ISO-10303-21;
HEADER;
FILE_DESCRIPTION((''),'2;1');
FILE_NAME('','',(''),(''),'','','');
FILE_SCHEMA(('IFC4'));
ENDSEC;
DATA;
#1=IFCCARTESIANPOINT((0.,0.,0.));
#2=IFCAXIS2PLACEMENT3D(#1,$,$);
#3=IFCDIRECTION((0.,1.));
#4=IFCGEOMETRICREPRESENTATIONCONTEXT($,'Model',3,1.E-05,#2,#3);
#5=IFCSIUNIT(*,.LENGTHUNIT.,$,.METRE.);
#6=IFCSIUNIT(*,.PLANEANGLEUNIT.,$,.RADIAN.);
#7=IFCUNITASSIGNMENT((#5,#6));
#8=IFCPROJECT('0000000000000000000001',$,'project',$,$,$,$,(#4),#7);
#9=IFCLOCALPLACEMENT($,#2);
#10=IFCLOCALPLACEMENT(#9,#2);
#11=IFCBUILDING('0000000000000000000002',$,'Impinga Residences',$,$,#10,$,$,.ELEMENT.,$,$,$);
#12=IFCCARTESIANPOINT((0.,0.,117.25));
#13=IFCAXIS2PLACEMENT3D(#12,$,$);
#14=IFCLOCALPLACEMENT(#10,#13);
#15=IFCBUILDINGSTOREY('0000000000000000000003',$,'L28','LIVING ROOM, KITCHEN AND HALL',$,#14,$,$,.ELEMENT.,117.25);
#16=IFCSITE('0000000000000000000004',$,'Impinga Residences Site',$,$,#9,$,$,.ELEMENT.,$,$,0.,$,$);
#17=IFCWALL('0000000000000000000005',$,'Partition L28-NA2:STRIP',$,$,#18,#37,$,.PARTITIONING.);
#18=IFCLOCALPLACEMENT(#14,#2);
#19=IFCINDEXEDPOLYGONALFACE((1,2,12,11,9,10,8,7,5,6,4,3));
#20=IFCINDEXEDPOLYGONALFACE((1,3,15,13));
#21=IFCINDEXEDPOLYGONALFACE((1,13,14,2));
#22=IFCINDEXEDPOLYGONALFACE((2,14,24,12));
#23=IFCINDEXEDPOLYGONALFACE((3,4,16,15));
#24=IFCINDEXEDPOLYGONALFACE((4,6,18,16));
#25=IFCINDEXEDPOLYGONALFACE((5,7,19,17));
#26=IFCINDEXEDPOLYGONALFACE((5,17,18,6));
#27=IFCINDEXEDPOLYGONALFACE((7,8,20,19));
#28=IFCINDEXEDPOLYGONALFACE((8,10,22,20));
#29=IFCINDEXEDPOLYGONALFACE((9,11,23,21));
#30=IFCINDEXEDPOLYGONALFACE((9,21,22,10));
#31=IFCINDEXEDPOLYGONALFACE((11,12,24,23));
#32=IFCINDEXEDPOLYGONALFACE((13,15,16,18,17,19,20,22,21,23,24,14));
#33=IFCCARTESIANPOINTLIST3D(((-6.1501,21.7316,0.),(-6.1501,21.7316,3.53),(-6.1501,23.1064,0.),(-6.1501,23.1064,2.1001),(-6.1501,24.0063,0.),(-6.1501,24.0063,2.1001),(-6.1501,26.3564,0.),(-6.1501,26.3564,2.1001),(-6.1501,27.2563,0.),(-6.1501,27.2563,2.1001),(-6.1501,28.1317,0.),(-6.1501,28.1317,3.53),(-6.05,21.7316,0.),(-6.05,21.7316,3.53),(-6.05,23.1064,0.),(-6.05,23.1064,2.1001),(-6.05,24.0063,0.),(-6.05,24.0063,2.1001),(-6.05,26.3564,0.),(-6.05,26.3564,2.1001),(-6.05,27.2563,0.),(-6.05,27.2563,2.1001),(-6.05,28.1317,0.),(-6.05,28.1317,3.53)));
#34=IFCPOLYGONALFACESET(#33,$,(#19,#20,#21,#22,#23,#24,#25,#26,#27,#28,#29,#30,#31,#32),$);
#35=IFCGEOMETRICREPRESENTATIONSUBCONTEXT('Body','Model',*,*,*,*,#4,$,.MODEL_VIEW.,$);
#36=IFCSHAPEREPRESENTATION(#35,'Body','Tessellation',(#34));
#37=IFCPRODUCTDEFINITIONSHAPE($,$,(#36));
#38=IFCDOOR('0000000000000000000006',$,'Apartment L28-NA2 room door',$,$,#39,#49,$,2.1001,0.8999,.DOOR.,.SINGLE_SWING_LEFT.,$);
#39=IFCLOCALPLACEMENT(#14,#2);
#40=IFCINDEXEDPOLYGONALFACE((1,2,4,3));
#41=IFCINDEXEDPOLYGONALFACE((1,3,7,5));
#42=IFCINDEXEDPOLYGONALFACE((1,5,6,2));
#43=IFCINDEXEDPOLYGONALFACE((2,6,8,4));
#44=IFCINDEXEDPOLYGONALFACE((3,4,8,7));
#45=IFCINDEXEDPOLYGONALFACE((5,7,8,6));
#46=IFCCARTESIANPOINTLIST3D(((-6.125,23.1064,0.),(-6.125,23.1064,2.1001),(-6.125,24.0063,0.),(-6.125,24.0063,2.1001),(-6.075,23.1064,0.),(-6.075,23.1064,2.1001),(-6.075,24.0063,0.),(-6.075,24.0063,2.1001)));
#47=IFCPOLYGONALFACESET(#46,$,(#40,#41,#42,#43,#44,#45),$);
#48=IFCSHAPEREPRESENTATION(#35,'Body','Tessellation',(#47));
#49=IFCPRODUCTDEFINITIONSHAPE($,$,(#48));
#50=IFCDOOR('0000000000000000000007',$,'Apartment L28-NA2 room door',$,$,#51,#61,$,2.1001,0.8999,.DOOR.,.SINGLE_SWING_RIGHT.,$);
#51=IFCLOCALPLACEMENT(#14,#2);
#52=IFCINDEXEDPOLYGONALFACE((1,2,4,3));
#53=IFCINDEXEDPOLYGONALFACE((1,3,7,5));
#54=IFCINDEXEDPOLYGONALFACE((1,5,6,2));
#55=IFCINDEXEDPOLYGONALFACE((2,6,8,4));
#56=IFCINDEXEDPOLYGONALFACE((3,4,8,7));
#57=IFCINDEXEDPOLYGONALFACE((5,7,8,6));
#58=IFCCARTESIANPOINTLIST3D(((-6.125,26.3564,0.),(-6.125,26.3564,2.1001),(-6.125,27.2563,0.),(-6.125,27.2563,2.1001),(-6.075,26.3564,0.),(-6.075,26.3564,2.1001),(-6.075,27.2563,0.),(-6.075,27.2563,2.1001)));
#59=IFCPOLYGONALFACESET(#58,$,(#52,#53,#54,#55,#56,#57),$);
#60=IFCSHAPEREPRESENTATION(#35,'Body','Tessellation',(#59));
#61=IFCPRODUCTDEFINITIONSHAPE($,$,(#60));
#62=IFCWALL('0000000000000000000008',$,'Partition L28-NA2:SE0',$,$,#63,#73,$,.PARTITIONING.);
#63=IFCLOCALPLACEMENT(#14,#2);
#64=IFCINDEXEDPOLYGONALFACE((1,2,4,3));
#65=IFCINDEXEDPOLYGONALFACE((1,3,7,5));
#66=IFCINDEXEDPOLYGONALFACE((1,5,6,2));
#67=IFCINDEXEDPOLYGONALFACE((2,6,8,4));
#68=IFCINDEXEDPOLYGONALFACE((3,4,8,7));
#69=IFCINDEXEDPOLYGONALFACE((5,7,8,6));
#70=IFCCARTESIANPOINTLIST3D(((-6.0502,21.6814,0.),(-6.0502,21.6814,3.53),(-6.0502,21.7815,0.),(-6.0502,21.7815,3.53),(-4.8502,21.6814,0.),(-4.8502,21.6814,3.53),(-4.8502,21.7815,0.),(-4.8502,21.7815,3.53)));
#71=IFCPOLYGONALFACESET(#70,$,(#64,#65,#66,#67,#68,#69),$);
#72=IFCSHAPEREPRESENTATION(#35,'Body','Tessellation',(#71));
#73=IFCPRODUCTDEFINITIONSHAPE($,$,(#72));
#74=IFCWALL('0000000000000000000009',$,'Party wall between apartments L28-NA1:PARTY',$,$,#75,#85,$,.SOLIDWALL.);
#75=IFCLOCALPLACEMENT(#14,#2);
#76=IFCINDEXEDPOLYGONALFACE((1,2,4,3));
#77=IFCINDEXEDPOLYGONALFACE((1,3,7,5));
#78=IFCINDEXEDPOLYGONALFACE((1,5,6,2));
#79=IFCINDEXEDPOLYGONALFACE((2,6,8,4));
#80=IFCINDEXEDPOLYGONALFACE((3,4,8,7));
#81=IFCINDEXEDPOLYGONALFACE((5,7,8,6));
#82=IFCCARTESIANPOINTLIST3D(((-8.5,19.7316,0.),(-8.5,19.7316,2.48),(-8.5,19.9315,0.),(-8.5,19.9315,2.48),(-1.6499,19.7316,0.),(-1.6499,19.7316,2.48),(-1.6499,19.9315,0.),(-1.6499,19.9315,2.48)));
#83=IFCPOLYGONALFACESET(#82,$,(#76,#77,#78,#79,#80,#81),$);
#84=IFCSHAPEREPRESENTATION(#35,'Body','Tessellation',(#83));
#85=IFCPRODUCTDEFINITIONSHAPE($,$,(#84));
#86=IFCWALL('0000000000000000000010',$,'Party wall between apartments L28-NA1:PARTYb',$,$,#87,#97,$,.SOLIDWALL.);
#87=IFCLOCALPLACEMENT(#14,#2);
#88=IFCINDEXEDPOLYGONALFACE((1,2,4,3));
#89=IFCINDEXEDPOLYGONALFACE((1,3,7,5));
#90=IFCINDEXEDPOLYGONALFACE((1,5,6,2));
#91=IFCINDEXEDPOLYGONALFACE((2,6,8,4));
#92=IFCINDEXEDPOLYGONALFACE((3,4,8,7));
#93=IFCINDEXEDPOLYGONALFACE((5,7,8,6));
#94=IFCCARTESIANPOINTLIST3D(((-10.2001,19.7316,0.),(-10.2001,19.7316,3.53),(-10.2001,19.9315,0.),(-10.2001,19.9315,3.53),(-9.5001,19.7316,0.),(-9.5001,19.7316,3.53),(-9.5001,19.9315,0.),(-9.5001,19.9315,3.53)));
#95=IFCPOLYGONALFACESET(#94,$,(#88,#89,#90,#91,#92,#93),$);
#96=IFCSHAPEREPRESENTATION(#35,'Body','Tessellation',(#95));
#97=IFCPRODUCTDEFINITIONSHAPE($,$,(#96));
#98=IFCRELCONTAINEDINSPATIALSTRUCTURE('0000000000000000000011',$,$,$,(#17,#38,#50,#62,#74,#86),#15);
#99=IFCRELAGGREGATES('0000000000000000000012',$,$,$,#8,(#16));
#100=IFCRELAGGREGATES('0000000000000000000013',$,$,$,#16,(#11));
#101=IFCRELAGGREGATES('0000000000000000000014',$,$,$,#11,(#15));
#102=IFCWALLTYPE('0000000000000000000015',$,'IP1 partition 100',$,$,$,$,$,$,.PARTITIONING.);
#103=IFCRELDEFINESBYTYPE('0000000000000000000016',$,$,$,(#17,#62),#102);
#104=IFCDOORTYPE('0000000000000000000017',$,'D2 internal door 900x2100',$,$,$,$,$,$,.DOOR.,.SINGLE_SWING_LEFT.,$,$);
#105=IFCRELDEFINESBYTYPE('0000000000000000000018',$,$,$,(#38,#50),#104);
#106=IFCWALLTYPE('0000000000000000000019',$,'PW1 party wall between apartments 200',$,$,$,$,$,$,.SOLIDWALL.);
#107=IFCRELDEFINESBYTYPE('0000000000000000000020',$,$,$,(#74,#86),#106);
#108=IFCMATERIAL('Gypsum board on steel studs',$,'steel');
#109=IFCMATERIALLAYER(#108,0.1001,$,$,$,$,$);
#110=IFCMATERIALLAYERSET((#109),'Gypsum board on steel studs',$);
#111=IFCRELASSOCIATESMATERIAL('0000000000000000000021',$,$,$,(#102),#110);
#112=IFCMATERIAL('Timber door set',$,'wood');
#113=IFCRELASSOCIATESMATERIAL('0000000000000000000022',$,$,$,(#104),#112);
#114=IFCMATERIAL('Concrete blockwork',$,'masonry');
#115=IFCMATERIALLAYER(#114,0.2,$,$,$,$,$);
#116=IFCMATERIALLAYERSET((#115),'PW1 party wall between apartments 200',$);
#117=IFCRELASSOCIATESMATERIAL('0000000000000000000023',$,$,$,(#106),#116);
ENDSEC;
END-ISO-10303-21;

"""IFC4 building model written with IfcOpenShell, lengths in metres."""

from ifc_helpers import new_model, si_unit, direction, frame, frame_2d, origin, place, context, subcontext, project, spatial, rectangle, extrude, material, layer, layer_set, type_object, element, fill, save


model = new_model("IFC4")

# Units and contexts
model_context = context("Model", 3, precision=1e-05, world=origin(), true_north=direction((0.0, 1.0)))
body_context = subcontext(model_context, "Body", "Model", "MODEL_VIEW")
ifc_project = project(units=[si_unit("LENGTHUNIT", "METRE"), si_unit("PLANEANGLEUNIT", "RADIAN")], contexts=[model_context])

# Site, building, storey
site_placement = place(None, origin())
site = spatial("IfcSite", under=ifc_project, at=site_placement, Name="Impinga Residences Site", CompositionType="ELEMENT", RefElevation=0.0)
building_placement = place(site_placement, origin())
building = spatial("IfcBuilding", under=site, at=building_placement, Name="Impinga Residences", CompositionType="ELEMENT")
storey_placement = place(building_placement, frame((0.0, 0.0, 117.25)))
storey = spatial("IfcBuildingStorey", under=building, at=storey_placement, Name="L28", Description="LIVING ROOM, KITCHEN AND HALL", CompositionType="ELEMENT", Elevation=117.25)

# Shared definitions
ifc_material_1 = material(Name="Gypsum board on steel studs", Category="steel")
ifc_layer_1 = layer(ifc_material_1, 0.1001)
ifc_layer_set_1 = layer_set([ifc_layer_1], Name="Gypsum board on steel studs")
wall_type_1 = type_object("IfcWallType", Name="IP1 partition 100", PredefinedType="PARTITIONING", material=ifc_layer_set_1)

# Shared definitions
ifc_material_2 = material(Name="Timber door set", Category="wood")
door_type = type_object("IfcDoorType", Name="D2 internal door 900x2100", OperationType="SINGLE_SWING_LEFT", PredefinedType="DOOR", material=ifc_material_2)

# Wall, openings, doors
wall_1_placement = place(storey_placement, frame((-6.1001, 21.7314, 0.0), z_axis=(0.0, 0.0, 1.0), x_axis=(0.0, 1.0, 0.0)))
wall_1 = element("IfcWall", 1, at=wall_1_placement, inside=storey, type_object=wall_type_1, Name="Partition L28-NA2:STRIP", PredefinedType="PARTITIONING", context=body_context, shape_type="SweptSolid", body=[
    extrude(rectangle(XDim=6.4001, YDim=0.1001, at=frame_2d((3.2002, 0.0))), origin(), (0.0, 0.0, 1.0), 3.53),
])
opening_1_placement = place(wall_1_placement, frame((1.375, 0.0, 0.0)))
opening_1 = element("IfcOpeningElement", 2, at=opening_1_placement, cuts=wall_1, PredefinedType="OPENING", context=body_context, shape_type="SweptSolid", body=[
    extrude(rectangle(XDim=0.8999, YDim=2.1001, at=frame_2d((0.45, 1.05))), frame((0.0, 0.0601, 0.0), z_axis=(0.0, -1.0, 0.0), x_axis=(1.0, 0.0, 0.0)), (0.0, 0.0, 1.0), 0.1201),
])
opening_2_placement = place(wall_1_placement, frame((4.625, 0.0, 0.0)))
opening_2 = element("IfcOpeningElement", 3, at=opening_2_placement, cuts=wall_1, PredefinedType="OPENING", context=body_context, shape_type="SweptSolid", body=[
    extrude(rectangle(XDim=0.8999, YDim=2.1001, at=frame_2d((0.45, 1.05))), frame((0.0, 0.0601, 0.0), z_axis=(0.0, -1.0, 0.0), x_axis=(1.0, 0.0, 0.0)), (0.0, 0.0, 1.0), 0.1201),
])
door_1_placement = place(opening_1_placement, origin())
door_1 = element("IfcDoor", 4, at=door_1_placement, inside=storey, type_object=door_type, Name="Apartment L28-NA2 room door", OperationType="SINGLE_SWING_LEFT", OverallHeight=2.1001, OverallWidth=0.8999, PredefinedType="DOOR", context=body_context, shape_type="SweptSolid", body=[
    extrude(rectangle(XDim=0.8999, YDim=2.1001, at=frame_2d((0.45, 1.05))), frame((0.0, 0.0249, 0.0), z_axis=(0.0, -1.0, 0.0), x_axis=(1.0, 0.0, 0.0)), (0.0, 0.0, 1.0), 0.05),
])
fill(opening_1, door_1)
door_2_placement = place(opening_2_placement, origin())
door_2 = element("IfcDoor", 5, at=door_2_placement, inside=storey, type_object=door_type, Name="Apartment L28-NA2 room door", OperationType="SINGLE_SWING_RIGHT", OverallHeight=2.1001, OverallWidth=0.8999, PredefinedType="DOOR", context=body_context, shape_type="SweptSolid", body=[
    extrude(rectangle(XDim=0.8999, YDim=2.1001, at=frame_2d((0.45, 1.05))), frame((0.0, 0.0249, 0.0), z_axis=(0.0, -1.0, 0.0), x_axis=(1.0, 0.0, 0.0)), (0.0, 0.0, 1.0), 0.05),
])
fill(opening_2, door_2)

# Walls
wall_2_placement = place(storey_placement, frame((-4.8501, 21.7314, 0.0), z_axis=(0.0, 0.0, 1.0), x_axis=(-1.0, 0.0, 0.0)))
element("IfcWall", 6, at=wall_2_placement, inside=storey, type_object=wall_type_1, Name="Partition L28-NA2:SE0", PredefinedType="PARTITIONING", context=body_context, shape_type="SweptSolid", body=[
    extrude(rectangle(XDim=1.2, YDim=0.1001, at=frame_2d((0.6001, 0.0))), origin(), (0.0, 0.0, 1.0), 3.53),
])
ifc_material_3 = material(Name="Concrete blockwork", Category="masonry")
ifc_layer_2 = layer(ifc_material_3, 0.2)
ifc_layer_set_2 = layer_set([ifc_layer_2], Name="PW1 party wall between apartments 200")
wall_type_2 = type_object("IfcWallType", Name="PW1 party wall between apartments 200", PredefinedType="SOLIDWALL", material=ifc_layer_set_2)
wall_3_placement = place(storey_placement, frame((-1.6499, 19.8315, 0.0), z_axis=(0.0, 0.0, 1.0), x_axis=(-1.0, 0.0, 0.0)))
element("IfcWall", 7, at=wall_3_placement, inside=storey, type_object=wall_type_2, Name="Party wall between apartments L28-NA1:PARTY", PredefinedType="SOLIDWALL", context=body_context, shape_type="SweptSolid", body=[
    extrude(rectangle(XDim=6.8501, YDim=0.2, at=frame_2d((3.425, 0.0))), origin(), (0.0, 0.0, 1.0), 2.48),
])
wall_4_placement = place(storey_placement, frame((-9.5, 19.8315, 0.0), z_axis=(0.0, 0.0, 1.0), x_axis=(-1.0, 0.0, 0.0)))
element("IfcWall", 8, at=wall_4_placement, inside=storey, type_object=wall_type_2, Name="Party wall between apartments L28-NA1:PARTYb", PredefinedType="SOLIDWALL", context=body_context, shape_type="SweptSolid", body=[
    extrude(rectangle(XDim=0.7, YDim=0.2, at=frame_2d((0.3501, 0.0))), origin(), (0.0, 0.0, 1.0), 3.53),
])

save(model, "model.ifc")
